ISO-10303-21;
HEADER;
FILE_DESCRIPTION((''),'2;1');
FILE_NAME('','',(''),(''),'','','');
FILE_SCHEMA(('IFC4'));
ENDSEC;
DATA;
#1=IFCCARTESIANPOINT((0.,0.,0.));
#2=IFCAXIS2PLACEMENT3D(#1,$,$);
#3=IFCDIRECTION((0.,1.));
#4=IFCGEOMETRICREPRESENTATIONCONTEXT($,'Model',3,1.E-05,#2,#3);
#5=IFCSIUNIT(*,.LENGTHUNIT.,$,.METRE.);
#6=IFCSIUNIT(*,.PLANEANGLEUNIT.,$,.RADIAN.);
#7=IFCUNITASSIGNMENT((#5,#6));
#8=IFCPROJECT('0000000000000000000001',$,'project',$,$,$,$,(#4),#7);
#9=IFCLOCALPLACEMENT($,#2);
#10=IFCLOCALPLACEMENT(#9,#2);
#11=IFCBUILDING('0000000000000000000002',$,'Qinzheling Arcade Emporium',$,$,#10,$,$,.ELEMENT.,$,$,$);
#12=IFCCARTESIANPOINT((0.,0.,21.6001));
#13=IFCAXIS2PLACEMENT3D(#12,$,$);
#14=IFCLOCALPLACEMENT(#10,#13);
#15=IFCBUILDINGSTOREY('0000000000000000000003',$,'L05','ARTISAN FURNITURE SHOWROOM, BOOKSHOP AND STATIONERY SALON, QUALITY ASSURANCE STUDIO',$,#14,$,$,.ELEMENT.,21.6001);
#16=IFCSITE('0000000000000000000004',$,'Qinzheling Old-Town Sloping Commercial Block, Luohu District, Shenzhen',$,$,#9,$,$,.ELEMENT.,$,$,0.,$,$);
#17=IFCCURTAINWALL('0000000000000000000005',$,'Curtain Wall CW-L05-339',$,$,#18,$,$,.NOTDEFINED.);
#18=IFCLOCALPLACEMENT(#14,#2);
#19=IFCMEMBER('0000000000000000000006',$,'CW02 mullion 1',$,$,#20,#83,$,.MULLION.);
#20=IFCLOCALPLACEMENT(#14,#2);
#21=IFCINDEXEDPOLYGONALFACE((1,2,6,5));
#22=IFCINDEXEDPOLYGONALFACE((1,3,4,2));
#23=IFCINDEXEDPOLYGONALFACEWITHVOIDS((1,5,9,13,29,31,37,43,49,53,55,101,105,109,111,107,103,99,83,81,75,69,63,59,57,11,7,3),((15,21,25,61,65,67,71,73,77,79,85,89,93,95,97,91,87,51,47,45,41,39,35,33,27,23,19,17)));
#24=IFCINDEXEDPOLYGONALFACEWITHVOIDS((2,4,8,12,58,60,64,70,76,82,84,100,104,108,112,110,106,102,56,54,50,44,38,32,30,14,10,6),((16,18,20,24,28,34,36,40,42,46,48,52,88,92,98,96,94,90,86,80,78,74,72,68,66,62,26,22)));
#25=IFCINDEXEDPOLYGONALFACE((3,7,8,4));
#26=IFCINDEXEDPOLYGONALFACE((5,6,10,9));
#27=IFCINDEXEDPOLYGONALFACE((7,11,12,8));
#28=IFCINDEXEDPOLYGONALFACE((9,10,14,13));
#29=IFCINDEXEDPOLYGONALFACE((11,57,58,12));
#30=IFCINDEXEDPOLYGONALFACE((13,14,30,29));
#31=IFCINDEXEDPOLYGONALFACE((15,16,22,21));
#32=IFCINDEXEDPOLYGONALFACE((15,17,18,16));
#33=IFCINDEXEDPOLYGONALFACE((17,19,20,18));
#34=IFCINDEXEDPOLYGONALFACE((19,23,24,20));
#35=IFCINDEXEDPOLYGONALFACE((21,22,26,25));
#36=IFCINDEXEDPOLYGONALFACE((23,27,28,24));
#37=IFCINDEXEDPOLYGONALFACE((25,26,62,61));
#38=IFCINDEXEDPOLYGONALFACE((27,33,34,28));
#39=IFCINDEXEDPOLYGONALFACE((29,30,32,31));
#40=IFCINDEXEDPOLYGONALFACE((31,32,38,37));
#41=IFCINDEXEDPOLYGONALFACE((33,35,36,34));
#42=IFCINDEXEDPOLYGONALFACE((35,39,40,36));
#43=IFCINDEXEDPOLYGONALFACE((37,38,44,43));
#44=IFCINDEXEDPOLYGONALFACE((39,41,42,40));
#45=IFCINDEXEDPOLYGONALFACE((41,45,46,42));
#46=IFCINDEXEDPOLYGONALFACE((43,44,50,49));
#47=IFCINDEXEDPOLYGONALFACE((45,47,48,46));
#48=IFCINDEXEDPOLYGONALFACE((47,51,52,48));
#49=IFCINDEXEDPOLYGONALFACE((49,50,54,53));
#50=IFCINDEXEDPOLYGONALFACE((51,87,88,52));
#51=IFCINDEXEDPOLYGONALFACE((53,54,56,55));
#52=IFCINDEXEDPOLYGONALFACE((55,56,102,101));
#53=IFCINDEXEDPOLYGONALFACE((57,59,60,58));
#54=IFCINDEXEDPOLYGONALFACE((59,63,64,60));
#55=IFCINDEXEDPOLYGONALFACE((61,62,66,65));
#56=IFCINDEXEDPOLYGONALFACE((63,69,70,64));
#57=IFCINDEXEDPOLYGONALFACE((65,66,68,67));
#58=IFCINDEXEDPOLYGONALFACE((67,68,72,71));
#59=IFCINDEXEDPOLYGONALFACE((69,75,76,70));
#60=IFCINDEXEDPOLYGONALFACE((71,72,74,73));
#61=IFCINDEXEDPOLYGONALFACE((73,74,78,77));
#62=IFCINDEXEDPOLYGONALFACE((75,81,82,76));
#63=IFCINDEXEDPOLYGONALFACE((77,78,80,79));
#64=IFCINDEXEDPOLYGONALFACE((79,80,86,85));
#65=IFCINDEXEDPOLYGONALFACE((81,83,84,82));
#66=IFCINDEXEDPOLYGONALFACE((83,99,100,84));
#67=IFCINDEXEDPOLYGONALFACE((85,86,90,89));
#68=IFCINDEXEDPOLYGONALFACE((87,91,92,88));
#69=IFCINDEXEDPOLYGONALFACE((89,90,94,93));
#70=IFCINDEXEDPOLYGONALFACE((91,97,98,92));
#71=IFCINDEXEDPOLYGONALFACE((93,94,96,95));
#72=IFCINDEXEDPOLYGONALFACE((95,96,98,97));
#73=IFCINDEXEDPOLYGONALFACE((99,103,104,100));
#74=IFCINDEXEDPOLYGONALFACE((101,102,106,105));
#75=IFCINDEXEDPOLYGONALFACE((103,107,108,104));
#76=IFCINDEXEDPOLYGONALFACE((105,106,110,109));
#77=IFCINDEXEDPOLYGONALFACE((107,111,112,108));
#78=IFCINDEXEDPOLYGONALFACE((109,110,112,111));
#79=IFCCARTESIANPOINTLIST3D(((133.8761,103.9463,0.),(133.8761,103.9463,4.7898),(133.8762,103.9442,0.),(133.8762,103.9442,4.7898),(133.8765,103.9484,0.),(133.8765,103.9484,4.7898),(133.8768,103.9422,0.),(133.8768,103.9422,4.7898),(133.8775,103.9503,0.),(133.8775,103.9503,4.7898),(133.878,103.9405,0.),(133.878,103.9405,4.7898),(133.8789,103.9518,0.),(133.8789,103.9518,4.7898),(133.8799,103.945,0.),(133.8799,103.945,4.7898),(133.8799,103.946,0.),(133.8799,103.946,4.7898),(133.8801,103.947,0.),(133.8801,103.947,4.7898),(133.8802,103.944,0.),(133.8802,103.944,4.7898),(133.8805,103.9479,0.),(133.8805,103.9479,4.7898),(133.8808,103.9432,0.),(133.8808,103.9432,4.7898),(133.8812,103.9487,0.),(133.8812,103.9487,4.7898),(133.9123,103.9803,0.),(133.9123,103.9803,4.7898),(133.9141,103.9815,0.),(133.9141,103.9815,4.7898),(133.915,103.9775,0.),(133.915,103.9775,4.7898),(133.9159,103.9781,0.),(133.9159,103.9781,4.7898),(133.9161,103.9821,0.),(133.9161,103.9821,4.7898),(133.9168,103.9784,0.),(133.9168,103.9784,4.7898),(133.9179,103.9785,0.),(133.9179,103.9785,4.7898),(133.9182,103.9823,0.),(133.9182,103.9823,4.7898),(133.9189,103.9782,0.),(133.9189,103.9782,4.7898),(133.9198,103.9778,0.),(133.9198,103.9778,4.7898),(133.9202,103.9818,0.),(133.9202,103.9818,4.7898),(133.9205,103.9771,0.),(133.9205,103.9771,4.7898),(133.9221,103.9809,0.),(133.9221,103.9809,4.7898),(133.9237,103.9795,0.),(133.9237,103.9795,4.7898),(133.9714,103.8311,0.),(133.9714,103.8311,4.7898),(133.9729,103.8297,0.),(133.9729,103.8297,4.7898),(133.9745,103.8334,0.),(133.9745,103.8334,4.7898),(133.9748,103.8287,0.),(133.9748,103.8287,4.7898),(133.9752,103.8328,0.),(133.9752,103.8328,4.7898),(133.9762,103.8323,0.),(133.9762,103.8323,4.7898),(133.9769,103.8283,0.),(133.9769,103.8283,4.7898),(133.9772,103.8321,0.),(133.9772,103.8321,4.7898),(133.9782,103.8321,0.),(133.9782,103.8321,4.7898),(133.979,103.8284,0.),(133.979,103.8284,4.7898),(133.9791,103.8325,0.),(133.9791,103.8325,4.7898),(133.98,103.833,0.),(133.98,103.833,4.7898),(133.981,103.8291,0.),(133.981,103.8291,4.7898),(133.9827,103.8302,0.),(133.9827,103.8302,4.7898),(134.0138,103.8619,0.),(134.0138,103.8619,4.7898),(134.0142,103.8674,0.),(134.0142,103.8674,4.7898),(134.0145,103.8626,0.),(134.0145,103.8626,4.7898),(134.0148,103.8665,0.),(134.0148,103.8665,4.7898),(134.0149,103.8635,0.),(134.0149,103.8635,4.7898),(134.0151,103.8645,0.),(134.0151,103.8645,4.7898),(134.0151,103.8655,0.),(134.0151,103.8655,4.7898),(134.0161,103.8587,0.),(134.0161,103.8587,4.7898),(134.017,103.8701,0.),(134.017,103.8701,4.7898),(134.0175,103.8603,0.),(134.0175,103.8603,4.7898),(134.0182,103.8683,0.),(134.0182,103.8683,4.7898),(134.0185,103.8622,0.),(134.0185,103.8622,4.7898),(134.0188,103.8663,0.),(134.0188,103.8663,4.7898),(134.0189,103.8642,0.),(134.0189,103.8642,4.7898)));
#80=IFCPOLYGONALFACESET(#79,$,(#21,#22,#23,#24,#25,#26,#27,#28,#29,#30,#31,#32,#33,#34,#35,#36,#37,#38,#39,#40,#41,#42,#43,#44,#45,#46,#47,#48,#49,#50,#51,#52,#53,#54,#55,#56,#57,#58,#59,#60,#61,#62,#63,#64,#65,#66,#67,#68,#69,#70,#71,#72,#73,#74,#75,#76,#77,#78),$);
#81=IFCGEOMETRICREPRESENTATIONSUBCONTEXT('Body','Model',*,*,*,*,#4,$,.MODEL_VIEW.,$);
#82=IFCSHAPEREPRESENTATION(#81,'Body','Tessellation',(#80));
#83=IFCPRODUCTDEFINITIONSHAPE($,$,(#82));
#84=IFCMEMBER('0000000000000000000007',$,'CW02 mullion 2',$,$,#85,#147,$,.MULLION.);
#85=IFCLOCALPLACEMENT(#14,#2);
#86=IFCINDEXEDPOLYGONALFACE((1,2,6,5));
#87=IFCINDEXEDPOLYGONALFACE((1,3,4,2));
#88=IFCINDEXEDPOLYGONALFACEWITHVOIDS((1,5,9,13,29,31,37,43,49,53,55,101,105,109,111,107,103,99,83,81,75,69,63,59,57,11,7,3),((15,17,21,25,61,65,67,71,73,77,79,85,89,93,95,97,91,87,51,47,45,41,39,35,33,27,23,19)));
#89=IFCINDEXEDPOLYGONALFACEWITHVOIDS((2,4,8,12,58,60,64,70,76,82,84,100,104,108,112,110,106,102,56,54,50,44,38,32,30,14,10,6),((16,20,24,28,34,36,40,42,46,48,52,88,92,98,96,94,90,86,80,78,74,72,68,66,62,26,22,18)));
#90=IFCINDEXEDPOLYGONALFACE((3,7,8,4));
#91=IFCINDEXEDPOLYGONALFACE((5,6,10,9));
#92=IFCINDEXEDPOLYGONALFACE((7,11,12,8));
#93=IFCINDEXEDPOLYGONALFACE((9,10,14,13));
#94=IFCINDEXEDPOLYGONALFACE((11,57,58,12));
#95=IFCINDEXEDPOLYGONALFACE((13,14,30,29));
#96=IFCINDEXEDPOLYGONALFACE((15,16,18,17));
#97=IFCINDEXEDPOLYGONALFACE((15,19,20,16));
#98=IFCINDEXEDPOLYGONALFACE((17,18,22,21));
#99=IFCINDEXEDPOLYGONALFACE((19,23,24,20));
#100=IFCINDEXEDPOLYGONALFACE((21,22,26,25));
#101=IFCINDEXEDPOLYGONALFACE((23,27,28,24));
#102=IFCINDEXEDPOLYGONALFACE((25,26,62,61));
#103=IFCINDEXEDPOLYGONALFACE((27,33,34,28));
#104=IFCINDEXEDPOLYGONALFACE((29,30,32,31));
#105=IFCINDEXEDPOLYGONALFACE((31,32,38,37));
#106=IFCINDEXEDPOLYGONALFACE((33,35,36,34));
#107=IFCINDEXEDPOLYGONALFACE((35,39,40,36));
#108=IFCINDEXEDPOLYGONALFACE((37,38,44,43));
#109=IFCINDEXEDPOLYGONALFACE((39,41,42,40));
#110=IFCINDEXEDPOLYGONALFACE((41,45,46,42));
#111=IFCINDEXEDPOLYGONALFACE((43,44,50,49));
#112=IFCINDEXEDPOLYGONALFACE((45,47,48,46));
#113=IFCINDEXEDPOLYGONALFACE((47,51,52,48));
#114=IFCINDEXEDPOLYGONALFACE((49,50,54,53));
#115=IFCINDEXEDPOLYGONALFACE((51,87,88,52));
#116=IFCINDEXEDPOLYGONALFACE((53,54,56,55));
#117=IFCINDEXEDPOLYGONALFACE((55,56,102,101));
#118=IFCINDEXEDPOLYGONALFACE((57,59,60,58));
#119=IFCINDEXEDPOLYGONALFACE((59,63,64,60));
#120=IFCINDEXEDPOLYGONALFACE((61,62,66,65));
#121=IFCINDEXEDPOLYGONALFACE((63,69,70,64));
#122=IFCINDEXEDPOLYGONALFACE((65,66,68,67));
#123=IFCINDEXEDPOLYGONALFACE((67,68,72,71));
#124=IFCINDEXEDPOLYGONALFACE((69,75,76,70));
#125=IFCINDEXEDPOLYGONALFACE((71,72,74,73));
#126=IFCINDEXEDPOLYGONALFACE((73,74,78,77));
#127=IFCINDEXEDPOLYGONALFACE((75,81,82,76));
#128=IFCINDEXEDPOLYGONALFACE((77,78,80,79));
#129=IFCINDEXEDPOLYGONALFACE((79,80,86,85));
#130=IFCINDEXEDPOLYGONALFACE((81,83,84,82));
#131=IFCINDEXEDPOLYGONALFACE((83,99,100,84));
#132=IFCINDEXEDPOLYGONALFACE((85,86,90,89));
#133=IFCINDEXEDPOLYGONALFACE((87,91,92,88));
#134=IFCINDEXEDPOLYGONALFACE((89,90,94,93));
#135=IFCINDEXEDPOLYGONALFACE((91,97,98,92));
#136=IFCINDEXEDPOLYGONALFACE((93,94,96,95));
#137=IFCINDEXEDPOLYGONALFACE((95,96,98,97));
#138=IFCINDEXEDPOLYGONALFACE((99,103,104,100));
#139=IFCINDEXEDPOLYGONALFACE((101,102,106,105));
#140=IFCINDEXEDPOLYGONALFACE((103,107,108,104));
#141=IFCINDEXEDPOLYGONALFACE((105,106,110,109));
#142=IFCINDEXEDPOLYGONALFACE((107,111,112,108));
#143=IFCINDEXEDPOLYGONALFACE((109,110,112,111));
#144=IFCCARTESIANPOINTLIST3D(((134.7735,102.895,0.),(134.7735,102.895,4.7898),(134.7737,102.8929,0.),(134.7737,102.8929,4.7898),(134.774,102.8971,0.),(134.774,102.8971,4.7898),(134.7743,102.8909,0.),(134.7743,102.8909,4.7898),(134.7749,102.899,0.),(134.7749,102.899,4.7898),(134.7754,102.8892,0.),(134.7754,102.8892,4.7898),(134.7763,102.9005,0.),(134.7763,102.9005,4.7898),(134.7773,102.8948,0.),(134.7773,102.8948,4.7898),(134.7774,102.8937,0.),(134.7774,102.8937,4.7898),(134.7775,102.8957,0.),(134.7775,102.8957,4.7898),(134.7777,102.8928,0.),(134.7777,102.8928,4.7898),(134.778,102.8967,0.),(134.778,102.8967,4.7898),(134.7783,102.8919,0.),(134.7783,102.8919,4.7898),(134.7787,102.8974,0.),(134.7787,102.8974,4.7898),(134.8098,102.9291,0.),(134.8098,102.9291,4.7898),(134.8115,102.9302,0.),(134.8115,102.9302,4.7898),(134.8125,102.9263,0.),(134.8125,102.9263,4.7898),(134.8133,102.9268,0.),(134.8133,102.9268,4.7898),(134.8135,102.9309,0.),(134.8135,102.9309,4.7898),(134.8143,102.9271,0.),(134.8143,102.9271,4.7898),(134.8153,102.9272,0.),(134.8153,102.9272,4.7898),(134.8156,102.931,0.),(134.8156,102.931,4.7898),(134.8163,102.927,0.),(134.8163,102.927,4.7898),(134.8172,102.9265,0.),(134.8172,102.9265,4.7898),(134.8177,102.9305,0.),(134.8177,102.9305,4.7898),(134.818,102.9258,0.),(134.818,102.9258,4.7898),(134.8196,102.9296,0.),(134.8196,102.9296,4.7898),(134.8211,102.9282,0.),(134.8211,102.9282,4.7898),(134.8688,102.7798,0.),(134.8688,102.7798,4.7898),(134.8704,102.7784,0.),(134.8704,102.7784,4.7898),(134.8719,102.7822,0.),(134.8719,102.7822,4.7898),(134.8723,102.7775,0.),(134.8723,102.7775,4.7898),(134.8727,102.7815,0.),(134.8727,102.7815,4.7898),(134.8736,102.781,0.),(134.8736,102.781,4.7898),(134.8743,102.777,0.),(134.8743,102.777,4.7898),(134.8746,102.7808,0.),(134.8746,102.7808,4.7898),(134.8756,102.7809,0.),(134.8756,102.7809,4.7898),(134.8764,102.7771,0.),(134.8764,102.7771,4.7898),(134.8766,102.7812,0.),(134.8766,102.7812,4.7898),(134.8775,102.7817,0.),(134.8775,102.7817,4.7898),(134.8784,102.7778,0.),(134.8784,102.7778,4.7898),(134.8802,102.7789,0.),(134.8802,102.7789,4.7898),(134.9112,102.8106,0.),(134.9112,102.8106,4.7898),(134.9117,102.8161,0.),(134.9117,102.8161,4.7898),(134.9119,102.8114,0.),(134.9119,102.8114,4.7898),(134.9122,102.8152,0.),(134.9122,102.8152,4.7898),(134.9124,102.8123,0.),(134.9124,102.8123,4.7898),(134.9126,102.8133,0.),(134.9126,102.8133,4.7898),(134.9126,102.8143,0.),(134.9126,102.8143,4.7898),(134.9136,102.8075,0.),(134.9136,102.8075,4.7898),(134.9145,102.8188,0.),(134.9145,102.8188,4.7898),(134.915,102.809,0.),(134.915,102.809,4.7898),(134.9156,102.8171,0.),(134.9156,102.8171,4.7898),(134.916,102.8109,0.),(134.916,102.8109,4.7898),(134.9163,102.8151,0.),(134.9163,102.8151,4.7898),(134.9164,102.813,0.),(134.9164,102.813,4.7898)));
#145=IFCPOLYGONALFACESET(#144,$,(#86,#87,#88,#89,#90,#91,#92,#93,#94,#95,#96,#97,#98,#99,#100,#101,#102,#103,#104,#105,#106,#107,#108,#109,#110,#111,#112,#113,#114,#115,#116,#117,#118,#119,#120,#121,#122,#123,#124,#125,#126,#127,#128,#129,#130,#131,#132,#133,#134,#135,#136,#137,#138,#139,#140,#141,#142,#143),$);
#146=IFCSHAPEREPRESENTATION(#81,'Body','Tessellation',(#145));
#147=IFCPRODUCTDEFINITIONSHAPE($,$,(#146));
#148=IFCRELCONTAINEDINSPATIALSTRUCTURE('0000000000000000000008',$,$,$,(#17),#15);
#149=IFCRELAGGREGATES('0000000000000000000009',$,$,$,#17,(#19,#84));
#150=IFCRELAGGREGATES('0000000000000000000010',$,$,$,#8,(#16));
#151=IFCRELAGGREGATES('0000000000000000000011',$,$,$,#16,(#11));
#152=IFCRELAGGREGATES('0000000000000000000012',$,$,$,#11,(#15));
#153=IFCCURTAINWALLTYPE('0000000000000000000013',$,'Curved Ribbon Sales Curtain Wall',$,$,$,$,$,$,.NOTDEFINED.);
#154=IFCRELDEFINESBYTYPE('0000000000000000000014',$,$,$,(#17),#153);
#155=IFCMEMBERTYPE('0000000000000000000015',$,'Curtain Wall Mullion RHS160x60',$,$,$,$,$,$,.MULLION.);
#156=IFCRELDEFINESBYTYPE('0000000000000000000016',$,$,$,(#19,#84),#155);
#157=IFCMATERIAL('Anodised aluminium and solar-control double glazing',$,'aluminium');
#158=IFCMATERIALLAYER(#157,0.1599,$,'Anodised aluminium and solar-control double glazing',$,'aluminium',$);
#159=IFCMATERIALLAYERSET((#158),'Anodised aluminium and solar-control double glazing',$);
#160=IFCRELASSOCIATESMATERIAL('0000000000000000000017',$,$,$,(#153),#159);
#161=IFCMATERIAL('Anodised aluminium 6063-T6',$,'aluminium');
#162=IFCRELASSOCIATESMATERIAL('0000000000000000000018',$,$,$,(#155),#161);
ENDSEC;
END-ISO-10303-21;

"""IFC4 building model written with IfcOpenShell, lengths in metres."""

from ifc_helpers import new_model, si_unit, direction, frame, origin, origin_2d, place, context, subcontext, project, spatial, hollow_rectangle, extrude, material, layer, layer_set, material_profile, profile_set, type_object, element, aggregate, save


model = new_model("IFC4")

# Units and contexts
model_context = context("Model", 3, precision=1e-05, world=origin(), true_north=direction((0.0, 1.0)))
body_context = subcontext(model_context, "Body", "Model", "MODEL_VIEW")
ifc_project = project(units=[si_unit("LENGTHUNIT", "METRE"), si_unit("PLANEANGLEUNIT", "RADIAN")], contexts=[model_context])

# Site, building, storey
site_placement = place(None, origin())
site = spatial("IfcSite", under=ifc_project, at=site_placement, Name="Qinzheling Old-Town Sloping Commercial Block, Luohu District, Shenzhen", CompositionType="ELEMENT", RefElevation=0.0)
building_placement = place(site_placement, origin())
building = spatial("IfcBuilding", under=site, at=building_placement, Name="Qinzheling Arcade Emporium", CompositionType="ELEMENT")
storey_placement = place(building_placement, frame((0.0, 0.0, 21.6001)))
storey = spatial("IfcBuildingStorey", under=building, at=storey_placement, Name="L05", Description="ARTISAN FURNITURE SHOWROOM, BOOKSHOP AND STATIONERY SALON, QUALITY ASSURANCE STUDIO", CompositionType="ELEMENT", Elevation=21.6001)

# Shared definitions
ifc_material_1 = material(Name="Anodised aluminium and solar-control double glazing", Category="aluminium")
ifc_layer_1 = layer(ifc_material_1, 0.1599, Name="Anodised aluminium and solar-control double glazing", Category="aluminium")
ifc_layer_set_1 = layer_set([ifc_layer_1], Name="Anodised aluminium and solar-control double glazing")
curtain_wall_type = type_object("IfcCurtainWallType", Name="Curved Ribbon Sales Curtain Wall", PredefinedType="NOTDEFINED", material=ifc_layer_set_1)
ifc_material_2 = material(Name="Anodised aluminium 6063-T6", Category="aluminium")
ifc_material_profile_1 = material_profile(ifc_material_2, hollow_rectangle(XDim=0.0601, YDim=0.1599, WallThickness=0.0039, InnerFilletRadius=0.0039, OuterFilletRadius=0.0081, at=origin_2d()), Name="RHS 160x60x4", Category="aluminium")
ifc_profile_set_1 = profile_set([ifc_material_profile_1], Name="Anodised aluminium 6063-T6")
member_type_1 = type_object("IfcMemberType", Name="Curtain Wall Mullion RHS160x60", PredefinedType="MULLION", material=ifc_profile_set_1)

# Curtain wall, members
curtain_wall_1_placement = place(storey_placement, origin())
curtain_wall_1 = element("IfcCurtainWall", 1, at=curtain_wall_1_placement, inside=storey, type_object=curtain_wall_type, Name="Curtain Wall CW-L05-339", PredefinedType="NOTDEFINED")
member_1_placement = place(storey_placement, frame((133.9475, 103.9053, 0.0), z_axis=(0.0, 0.0, 1.0), x_axis=(0.760505, 0.649332, 0.0)))
member_1 = element("IfcMember", 2, at=member_1_placement, type_object=member_type_1, Name="CW02 mullion 1", PredefinedType="MULLION", context=body_context, shape_type="SweptSolid", body=[
    extrude(hollow_rectangle(XDim=0.0601, YDim=0.1599, WallThickness=0.0039, InnerFilletRadius=0.0039, OuterFilletRadius=0.0081, at=origin_2d()), origin(), (0.0, 0.0, 1.0), 4.7898),
])
member_2_placement = place(storey_placement, frame((134.845, 102.854, 0.0), z_axis=(0.0, 0.0, 1.0), x_axis=(0.760505, 0.649332, 0.0)))
member_2 = element("IfcMember", 3, at=member_2_placement, type_object=member_type_1, Name="CW02 mullion 2", PredefinedType="MULLION", context=body_context, shape_type="SweptSolid", body=[
    extrude(hollow_rectangle(XDim=0.0601, YDim=0.1599, WallThickness=0.0039, InnerFilletRadius=0.0039, OuterFilletRadius=0.0081, at=origin_2d()), origin(), (0.0, 0.0, 1.0), 4.7898),
])

aggregate(curtain_wall_1, [member_1, member_2])

save(model, "model.ifc")
